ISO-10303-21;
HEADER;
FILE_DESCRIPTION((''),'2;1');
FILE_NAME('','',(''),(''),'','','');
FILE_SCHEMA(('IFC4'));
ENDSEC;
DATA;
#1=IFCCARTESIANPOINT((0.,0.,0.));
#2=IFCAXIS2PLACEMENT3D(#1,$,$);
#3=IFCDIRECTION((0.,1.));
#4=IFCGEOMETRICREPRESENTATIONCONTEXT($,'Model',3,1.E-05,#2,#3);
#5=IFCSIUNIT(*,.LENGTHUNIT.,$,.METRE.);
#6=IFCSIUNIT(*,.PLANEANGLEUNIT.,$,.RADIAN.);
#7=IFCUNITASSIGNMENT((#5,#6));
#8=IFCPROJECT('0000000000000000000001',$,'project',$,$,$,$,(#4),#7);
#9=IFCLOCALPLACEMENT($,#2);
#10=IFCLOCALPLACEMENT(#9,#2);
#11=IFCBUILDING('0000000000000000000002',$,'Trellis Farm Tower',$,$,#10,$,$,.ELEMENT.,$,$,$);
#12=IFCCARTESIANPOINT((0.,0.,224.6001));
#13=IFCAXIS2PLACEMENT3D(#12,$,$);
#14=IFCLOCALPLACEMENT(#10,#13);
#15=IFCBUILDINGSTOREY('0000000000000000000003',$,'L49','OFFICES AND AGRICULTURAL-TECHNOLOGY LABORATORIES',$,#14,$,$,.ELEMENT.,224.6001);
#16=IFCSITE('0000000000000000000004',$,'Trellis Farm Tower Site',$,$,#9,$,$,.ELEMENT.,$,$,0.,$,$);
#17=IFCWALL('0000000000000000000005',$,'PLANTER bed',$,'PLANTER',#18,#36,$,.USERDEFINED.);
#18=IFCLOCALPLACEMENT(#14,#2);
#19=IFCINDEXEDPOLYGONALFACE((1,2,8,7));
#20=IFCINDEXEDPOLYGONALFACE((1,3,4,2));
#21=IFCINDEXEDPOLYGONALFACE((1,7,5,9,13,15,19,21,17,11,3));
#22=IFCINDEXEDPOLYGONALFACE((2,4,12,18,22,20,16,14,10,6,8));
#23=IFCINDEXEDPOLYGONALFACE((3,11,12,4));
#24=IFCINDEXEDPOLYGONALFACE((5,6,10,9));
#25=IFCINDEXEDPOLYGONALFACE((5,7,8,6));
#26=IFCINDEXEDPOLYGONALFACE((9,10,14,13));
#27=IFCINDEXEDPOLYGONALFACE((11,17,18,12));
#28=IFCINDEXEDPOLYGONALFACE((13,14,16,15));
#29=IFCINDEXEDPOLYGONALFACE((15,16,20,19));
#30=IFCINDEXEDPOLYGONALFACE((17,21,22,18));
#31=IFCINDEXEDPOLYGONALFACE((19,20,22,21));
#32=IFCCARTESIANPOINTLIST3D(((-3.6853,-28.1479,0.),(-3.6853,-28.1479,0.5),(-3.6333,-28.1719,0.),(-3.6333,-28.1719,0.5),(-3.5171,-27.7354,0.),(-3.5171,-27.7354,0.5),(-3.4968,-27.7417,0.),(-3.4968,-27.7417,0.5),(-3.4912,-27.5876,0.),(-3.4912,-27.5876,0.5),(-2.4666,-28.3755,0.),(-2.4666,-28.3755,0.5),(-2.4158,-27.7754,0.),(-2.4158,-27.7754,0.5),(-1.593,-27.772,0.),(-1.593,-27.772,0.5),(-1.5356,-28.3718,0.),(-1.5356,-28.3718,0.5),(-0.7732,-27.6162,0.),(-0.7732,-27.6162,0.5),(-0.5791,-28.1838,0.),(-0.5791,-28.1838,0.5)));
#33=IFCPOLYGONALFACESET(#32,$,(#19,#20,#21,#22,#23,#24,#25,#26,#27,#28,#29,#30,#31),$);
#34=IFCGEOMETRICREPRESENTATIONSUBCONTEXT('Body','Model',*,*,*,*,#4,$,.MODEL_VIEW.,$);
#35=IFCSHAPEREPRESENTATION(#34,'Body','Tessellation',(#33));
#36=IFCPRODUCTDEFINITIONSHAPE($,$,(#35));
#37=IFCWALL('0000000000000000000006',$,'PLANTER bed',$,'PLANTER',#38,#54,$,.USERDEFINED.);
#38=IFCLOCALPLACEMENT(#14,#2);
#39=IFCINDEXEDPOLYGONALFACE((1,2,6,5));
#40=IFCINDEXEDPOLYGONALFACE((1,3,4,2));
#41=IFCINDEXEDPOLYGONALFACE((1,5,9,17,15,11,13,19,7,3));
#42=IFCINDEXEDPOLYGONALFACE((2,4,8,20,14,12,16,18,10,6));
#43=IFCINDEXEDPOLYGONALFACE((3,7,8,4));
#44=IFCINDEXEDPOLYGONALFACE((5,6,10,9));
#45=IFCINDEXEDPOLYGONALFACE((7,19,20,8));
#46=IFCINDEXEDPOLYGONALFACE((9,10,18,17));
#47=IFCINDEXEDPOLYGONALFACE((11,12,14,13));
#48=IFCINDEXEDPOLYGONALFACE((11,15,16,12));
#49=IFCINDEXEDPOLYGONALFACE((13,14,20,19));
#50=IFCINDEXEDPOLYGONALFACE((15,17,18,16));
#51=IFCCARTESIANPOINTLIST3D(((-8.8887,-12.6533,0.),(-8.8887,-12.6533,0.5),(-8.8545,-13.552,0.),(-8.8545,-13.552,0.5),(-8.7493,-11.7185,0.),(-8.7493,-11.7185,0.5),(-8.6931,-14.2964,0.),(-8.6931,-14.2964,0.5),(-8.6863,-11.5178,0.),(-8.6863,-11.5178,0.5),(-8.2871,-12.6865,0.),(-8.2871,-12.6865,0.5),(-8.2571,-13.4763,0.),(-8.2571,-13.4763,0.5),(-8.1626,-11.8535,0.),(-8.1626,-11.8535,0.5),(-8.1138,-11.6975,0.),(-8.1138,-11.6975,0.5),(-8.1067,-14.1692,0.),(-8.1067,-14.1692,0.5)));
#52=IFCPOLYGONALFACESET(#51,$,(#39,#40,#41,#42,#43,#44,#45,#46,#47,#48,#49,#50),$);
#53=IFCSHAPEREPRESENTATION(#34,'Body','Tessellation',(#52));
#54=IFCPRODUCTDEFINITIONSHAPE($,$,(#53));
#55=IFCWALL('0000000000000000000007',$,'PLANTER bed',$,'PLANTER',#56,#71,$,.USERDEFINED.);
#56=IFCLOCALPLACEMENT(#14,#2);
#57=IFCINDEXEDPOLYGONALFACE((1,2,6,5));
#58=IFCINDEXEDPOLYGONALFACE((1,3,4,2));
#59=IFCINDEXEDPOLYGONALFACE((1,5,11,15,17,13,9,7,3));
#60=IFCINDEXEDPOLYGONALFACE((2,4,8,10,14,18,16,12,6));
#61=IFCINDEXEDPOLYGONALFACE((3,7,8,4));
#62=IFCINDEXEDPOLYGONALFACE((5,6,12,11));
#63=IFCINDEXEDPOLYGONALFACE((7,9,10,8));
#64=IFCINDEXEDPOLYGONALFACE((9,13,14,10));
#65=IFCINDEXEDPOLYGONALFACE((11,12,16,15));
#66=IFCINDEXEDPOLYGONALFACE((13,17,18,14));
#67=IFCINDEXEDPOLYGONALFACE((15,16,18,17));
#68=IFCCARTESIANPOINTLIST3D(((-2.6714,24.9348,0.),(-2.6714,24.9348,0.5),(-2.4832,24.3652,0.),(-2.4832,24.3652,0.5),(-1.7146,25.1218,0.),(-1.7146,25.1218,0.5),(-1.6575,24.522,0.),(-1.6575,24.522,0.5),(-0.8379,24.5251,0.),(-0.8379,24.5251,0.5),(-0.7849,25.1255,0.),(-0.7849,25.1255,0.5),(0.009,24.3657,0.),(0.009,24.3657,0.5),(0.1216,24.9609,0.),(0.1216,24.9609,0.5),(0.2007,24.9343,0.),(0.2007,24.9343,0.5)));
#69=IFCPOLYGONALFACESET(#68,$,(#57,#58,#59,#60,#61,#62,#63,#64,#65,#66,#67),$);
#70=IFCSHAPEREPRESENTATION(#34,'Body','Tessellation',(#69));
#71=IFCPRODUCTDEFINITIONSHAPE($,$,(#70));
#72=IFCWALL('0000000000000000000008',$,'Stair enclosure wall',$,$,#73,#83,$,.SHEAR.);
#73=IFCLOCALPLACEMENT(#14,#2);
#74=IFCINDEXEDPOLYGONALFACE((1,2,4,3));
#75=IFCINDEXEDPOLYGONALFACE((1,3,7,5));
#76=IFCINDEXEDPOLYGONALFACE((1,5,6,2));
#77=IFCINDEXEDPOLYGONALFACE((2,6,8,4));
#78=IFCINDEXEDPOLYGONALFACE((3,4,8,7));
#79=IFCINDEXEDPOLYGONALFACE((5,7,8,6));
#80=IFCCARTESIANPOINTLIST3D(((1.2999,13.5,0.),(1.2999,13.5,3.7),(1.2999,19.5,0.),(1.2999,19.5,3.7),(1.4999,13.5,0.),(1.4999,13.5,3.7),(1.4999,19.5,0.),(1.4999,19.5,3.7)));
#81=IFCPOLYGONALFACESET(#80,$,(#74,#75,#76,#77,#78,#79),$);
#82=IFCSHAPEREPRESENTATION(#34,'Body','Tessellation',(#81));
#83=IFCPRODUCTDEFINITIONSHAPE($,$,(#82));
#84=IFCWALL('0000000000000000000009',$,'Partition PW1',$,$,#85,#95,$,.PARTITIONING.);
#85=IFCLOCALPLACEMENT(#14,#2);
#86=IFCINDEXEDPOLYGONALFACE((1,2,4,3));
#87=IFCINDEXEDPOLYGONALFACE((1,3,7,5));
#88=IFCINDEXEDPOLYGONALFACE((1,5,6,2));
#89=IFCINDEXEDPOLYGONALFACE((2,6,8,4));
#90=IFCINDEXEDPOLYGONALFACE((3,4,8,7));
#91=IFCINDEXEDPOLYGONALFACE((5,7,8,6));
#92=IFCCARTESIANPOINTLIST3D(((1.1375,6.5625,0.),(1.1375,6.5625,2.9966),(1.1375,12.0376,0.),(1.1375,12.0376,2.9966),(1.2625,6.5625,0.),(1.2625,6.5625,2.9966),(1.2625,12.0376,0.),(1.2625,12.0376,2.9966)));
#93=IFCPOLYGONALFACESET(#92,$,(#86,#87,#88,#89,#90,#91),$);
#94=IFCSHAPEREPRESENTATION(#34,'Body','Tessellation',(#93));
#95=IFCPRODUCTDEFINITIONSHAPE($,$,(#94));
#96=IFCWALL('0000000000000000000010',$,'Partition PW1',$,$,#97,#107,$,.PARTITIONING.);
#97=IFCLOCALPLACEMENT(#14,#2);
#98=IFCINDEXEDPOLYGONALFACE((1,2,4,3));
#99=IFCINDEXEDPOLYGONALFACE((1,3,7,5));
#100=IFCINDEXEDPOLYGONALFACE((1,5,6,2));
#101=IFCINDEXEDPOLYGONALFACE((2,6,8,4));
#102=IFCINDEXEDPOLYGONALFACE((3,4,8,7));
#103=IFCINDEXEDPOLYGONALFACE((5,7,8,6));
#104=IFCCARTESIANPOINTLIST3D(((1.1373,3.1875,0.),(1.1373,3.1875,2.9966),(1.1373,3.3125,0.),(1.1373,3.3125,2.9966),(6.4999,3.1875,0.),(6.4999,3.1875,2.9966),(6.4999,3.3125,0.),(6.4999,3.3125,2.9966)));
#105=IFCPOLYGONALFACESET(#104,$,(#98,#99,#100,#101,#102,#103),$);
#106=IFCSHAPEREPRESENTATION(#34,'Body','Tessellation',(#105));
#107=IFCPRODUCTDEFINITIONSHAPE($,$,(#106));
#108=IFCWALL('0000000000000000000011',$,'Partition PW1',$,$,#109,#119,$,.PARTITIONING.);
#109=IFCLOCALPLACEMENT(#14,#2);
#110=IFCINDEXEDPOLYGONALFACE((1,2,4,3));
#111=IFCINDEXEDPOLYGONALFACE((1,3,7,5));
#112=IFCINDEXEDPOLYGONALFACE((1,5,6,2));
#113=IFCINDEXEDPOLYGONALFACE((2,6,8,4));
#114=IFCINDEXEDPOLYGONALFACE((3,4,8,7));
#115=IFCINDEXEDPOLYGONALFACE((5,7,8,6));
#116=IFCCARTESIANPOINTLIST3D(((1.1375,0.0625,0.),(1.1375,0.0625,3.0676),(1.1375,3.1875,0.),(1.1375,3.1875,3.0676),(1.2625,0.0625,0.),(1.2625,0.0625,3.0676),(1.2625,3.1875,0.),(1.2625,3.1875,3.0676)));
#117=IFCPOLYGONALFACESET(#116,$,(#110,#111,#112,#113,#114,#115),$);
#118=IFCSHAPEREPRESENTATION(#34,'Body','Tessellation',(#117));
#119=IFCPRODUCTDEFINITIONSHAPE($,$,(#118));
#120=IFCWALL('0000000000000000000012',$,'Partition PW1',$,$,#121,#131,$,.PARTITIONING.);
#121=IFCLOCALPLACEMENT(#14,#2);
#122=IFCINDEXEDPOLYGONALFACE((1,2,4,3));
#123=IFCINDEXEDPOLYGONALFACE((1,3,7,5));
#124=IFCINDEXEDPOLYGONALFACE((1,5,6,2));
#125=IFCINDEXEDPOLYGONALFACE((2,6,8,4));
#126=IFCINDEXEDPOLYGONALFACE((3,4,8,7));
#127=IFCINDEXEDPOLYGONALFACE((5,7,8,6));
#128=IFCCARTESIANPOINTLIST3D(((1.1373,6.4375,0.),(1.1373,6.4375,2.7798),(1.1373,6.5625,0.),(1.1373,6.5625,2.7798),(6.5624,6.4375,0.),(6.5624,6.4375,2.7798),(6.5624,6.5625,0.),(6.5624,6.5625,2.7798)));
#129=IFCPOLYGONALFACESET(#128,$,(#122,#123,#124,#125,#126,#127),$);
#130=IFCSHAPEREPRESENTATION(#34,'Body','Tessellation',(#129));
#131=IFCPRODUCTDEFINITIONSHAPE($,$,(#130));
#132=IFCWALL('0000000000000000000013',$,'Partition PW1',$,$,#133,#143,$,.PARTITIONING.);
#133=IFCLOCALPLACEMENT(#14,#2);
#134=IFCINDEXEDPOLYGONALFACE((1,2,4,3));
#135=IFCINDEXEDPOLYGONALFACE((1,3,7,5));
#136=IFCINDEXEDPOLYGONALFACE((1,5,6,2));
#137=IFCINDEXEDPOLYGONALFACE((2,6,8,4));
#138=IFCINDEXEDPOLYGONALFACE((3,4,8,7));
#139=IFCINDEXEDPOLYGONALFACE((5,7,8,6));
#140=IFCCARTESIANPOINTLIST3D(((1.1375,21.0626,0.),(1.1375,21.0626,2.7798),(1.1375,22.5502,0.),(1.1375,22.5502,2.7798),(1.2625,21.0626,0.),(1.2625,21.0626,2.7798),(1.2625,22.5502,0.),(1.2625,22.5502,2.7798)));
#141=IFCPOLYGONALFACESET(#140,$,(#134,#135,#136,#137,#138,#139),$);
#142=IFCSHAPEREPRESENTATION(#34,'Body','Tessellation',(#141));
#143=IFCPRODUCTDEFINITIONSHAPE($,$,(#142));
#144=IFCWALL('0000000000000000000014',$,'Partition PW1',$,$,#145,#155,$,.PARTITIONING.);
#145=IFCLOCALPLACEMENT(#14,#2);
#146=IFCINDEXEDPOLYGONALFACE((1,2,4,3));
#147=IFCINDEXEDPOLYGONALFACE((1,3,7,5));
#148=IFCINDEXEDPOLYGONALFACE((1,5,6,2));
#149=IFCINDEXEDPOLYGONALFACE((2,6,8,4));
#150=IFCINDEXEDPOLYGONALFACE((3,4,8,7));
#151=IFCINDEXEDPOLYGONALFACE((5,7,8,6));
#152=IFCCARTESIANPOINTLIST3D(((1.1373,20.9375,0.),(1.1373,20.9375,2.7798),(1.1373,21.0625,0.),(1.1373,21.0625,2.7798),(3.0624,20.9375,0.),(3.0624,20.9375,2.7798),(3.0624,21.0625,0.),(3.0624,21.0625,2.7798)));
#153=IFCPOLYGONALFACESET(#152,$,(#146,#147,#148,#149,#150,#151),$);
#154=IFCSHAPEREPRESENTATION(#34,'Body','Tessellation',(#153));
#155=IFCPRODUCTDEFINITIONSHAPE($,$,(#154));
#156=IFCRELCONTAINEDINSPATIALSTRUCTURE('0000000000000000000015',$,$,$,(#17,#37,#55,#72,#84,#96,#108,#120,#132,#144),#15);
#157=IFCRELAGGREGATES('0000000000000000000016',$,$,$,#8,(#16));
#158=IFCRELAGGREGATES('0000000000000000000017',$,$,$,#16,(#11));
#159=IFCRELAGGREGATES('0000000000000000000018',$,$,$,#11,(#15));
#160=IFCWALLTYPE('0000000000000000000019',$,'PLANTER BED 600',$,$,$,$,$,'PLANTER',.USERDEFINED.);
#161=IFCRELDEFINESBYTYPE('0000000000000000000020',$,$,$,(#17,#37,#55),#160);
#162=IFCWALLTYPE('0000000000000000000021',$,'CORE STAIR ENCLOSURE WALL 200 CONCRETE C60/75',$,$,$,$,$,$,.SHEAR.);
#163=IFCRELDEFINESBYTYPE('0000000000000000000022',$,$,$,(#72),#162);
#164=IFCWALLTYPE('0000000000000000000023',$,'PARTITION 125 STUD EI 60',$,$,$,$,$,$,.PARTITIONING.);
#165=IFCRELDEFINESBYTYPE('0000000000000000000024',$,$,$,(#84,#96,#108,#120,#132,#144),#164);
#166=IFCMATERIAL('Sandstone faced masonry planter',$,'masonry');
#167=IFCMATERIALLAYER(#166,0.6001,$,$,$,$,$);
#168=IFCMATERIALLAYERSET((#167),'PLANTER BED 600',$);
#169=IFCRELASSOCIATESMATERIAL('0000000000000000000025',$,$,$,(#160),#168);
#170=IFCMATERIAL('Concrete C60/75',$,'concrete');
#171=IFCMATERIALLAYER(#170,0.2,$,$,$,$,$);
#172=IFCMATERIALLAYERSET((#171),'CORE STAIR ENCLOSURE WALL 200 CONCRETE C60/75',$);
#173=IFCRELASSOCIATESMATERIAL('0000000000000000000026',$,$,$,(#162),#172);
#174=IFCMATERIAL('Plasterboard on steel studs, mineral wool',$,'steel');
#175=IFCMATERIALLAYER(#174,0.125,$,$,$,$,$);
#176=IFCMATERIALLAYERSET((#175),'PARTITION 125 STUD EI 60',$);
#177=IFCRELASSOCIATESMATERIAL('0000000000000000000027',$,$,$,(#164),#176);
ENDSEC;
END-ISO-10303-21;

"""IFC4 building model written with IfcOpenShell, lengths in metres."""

from ifc_helpers import new_model, si_unit, direction, frame, frame_2d, origin, place, context, subcontext, project, spatial, polyline, rectangle, outline, extrude, source, transform, mapped, material, layer, layer_set, type_object, element, save


model = new_model("IFC4")

# Units and contexts
model_context = context("Model", 3, precision=1e-05, world=origin(), true_north=direction((0.0, 1.0)))
body_context = subcontext(model_context, "Body", "Model", "MODEL_VIEW")
ifc_project = project(units=[si_unit("LENGTHUNIT", "METRE"), si_unit("PLANEANGLEUNIT", "RADIAN")], contexts=[model_context])

# Site, building, storey
site_placement = place(None, origin())
site = spatial("IfcSite", under=ifc_project, at=site_placement, Name="Trellis Farm Tower Site", CompositionType="ELEMENT", RefElevation=0.0)
building_placement = place(site_placement, origin())
building = spatial("IfcBuilding", under=site, at=building_placement, Name="Trellis Farm Tower", CompositionType="ELEMENT")
storey_placement = place(building_placement, frame((0.0, 0.0, 224.6001)))
storey = spatial("IfcBuildingStorey", under=building, at=storey_placement, Name="L49", Description="OFFICES AND AGRICULTURAL-TECHNOLOGY LABORATORIES", CompositionType="ELEMENT", Elevation=224.6001)

# Shared definitions
placement_1 = place(storey_placement, origin())

# Walls
ifc_material_1 = material(Name="Sandstone faced masonry planter", Category="masonry")
ifc_layer_1 = layer(ifc_material_1, 0.6001)
ifc_layer_set_1 = layer_set([ifc_layer_1], Name="PLANTER BED 600")
wall_type_1 = type_object("IfcWallType", Name="PLANTER BED 600", ElementType="PLANTER", PredefinedType="USERDEFINED", material=ifc_layer_set_1)
element("IfcWall", 1, at=placement_1, inside=storey, type_object=wall_type_1, Name="PLANTER bed", ObjectType="PLANTER", PredefinedType="USERDEFINED", context=body_context, shape_type="SweptSolid", body=[
    extrude(outline(polyline([(-3.4968, -27.7417), (-3.5171, -27.7354), (-3.4912, -27.5876), (-2.4158, -27.7754), (-1.593, -27.772), (-0.7732, -27.6162), (-0.5791, -28.1838), (-1.5356, -28.3718), (-2.4666, -28.3755), (-3.6333, -28.1719), (-3.6853, -28.1479), (-3.4968, -27.7417)])), origin(), (0.0, 0.0, 1.0), 0.5),
])
element("IfcWall", 2, at=placement_1, inside=storey, type_object=wall_type_1, Name="PLANTER bed", ObjectType="PLANTER", PredefinedType="USERDEFINED", context=body_context, shape_type="SweptSolid", body=[
    extrude(outline(polyline([(-8.8887, -12.6533), (-8.7493, -11.7185), (-8.6863, -11.5178), (-8.1138, -11.6975), (-8.1626, -11.8535), (-8.2871, -12.6865), (-8.2571, -13.4763), (-8.1067, -14.1692), (-8.6931, -14.2964), (-8.8545, -13.552), (-8.8887, -12.6533)])), origin(), (0.0, 0.0, 1.0), 0.5),
])
element("IfcWall", 3, at=placement_1, inside=storey, type_object=wall_type_1, Name="PLANTER bed", ObjectType="PLANTER", PredefinedType="USERDEFINED", context=body_context, shape_type="SweptSolid", body=[
    extrude(outline(polyline([(-1.7146, 25.1218), (-0.7849, 25.1255), (0.1216, 24.9609), (0.2007, 24.9343), (0.009, 24.3657), (-0.8379, 24.5251), (-1.6575, 24.522), (-2.4832, 24.3652), (-2.6714, 24.9348), (-1.7146, 25.1218)])), origin(), (0.0, 0.0, 1.0), 0.5),
])
ifc_material_2 = material(Name="Concrete C60/75", Category="concrete")
ifc_layer_2 = layer(ifc_material_2, 0.2)
ifc_layer_set_2 = layer_set([ifc_layer_2], Name="CORE STAIR ENCLOSURE WALL 200 CONCRETE C60/75")
wall_type_2 = type_object("IfcWallType", Name="CORE STAIR ENCLOSURE WALL 200 CONCRETE C60/75", PredefinedType="SHEAR", material=ifc_layer_set_2)
shared_shape_1 = source(origin(), body_context, "Body", "SweptSolid", [
    extrude(rectangle(XDim=6.0, YDim=0.2, at=frame_2d((3.0, 0.0))), origin(), (0.0, 0.0, 1.0), 3.7),
])
wall_1_placement = place(storey_placement, frame((1.3999, 13.5, 0.0), z_axis=(0.0, 0.0, 1.0), x_axis=(0.0, 1.0, 0.0)))
element("IfcWall", 4, at=wall_1_placement, inside=storey, type_object=wall_type_2, Name="Stair enclosure wall", PredefinedType="SHEAR", context=body_context, shape_type="MappedRepresentation", body=[
    mapped(shared_shape_1, transform((0.0, 0.0, 0.0))),
])
ifc_material_3 = material(Name="Plasterboard on steel studs, mineral wool", Category="steel")
ifc_layer_3 = layer(ifc_material_3, 0.125)
ifc_layer_set_3 = layer_set([ifc_layer_3], Name="PARTITION 125 STUD EI 60")
wall_type_3 = type_object("IfcWallType", Name="PARTITION 125 STUD EI 60", PredefinedType="PARTITIONING", material=ifc_layer_set_3)
shared_shape_2 = source(origin(), body_context, "Body", "SweptSolid", [
    extrude(rectangle(XDim=5.4751, YDim=0.125, at=frame_2d((2.7375, 0.0))), origin(), (0.0, 0.0, 1.0), 2.9966),
])
wall_2_placement = place(storey_placement, frame((1.2, 12.0376, 0.0), z_axis=(0.0, 0.0, 1.0), x_axis=(0.0, -1.0, 0.0)))
element("IfcWall", 5, at=wall_2_placement, inside=storey, type_object=wall_type_3, Name="Partition PW1", PredefinedType="PARTITIONING", context=body_context, shape_type="MappedRepresentation", body=[
    mapped(shared_shape_2, transform((0.0, 0.0, 0.0))),
])
shared_shape_3 = source(origin(), body_context, "Body", "SweptSolid", [
    extrude(rectangle(XDim=5.3625, YDim=0.125, at=frame_2d((2.6812, 0.0))), origin(), (0.0, 0.0, 1.0), 2.9966),
])
wall_3_placement = place(storey_placement, frame((1.1375, 3.25, 0.0), z_axis=(0.0, 0.0, 1.0), x_axis=(1.0, 0.0, 0.0)))
element("IfcWall", 6, at=wall_3_placement, inside=storey, type_object=wall_type_3, Name="Partition PW1", PredefinedType="PARTITIONING", context=body_context, shape_type="MappedRepresentation", body=[
    mapped(shared_shape_3, transform((0.0, 0.0, 0.0))),
])
shared_shape_4 = source(origin(), body_context, "Body", "SweptSolid", [
    extrude(rectangle(XDim=3.125, YDim=0.125, at=frame_2d((1.5625, 0.0))), origin(), (0.0, 0.0, 1.0), 3.0676),
])
wall_4_placement = place(storey_placement, frame((1.2, 3.1875, 0.0), z_axis=(0.0, 0.0, 1.0), x_axis=(0.0, -1.0, 0.0)))
element("IfcWall", 7, at=wall_4_placement, inside=storey, type_object=wall_type_3, Name="Partition PW1", PredefinedType="PARTITIONING", context=body_context, shape_type="MappedRepresentation", body=[
    mapped(shared_shape_4, transform((0.0, 0.0, 0.0))),
])
shared_shape_5 = source(origin(), body_context, "Body", "SweptSolid", [
    extrude(rectangle(XDim=5.425, YDim=0.125, at=frame_2d((2.7124, 0.0))), origin(), (0.0, 0.0, 1.0), 2.7798),
])
wall_5_placement = place(storey_placement, frame((1.1375, 6.5, 0.0), z_axis=(0.0, 0.0, 1.0), x_axis=(1.0, 0.0, 0.0)))
element("IfcWall", 8, at=wall_5_placement, inside=storey, type_object=wall_type_3, Name="Partition PW1", PredefinedType="PARTITIONING", context=body_context, shape_type="MappedRepresentation", body=[
    mapped(shared_shape_5, transform((0.0, 0.0, 0.0))),
])
shared_shape_6 = source(origin(), body_context, "Body", "SweptSolid", [
    extrude(rectangle(XDim=1.4875, YDim=0.125, at=frame_2d((0.7437, 0.0))), origin(), (0.0, 0.0, 1.0), 2.7798),
])
wall_6_placement = place(storey_placement, frame((1.2, 22.55, 0.0), z_axis=(0.0, 0.0, 1.0), x_axis=(0.0, -1.0, 0.0)))
element("IfcWall", 9, at=wall_6_placement, inside=storey, type_object=wall_type_3, Name="Partition PW1", PredefinedType="PARTITIONING", context=body_context, shape_type="MappedRepresentation", body=[
    mapped(shared_shape_6, transform((0.0, 0.0, 0.0))),
])
shared_shape_7 = source(origin(), body_context, "Body", "SweptSolid", [
    extrude(rectangle(XDim=1.925, YDim=0.125, at=frame_2d((0.9624, 0.0))), origin(), (0.0, 0.0, 1.0), 2.7798),
])
wall_7_placement = place(storey_placement, frame((1.1375, 21.0, 0.0), z_axis=(0.0, 0.0, 1.0), x_axis=(1.0, 0.0, 0.0)))
element("IfcWall", 10, at=wall_7_placement, inside=storey, type_object=wall_type_3, Name="Partition PW1", PredefinedType="PARTITIONING", context=body_context, shape_type="MappedRepresentation", body=[
    mapped(shared_shape_7, transform((0.0, 0.0, 0.0))),
])

save(model, "model.ifc")
